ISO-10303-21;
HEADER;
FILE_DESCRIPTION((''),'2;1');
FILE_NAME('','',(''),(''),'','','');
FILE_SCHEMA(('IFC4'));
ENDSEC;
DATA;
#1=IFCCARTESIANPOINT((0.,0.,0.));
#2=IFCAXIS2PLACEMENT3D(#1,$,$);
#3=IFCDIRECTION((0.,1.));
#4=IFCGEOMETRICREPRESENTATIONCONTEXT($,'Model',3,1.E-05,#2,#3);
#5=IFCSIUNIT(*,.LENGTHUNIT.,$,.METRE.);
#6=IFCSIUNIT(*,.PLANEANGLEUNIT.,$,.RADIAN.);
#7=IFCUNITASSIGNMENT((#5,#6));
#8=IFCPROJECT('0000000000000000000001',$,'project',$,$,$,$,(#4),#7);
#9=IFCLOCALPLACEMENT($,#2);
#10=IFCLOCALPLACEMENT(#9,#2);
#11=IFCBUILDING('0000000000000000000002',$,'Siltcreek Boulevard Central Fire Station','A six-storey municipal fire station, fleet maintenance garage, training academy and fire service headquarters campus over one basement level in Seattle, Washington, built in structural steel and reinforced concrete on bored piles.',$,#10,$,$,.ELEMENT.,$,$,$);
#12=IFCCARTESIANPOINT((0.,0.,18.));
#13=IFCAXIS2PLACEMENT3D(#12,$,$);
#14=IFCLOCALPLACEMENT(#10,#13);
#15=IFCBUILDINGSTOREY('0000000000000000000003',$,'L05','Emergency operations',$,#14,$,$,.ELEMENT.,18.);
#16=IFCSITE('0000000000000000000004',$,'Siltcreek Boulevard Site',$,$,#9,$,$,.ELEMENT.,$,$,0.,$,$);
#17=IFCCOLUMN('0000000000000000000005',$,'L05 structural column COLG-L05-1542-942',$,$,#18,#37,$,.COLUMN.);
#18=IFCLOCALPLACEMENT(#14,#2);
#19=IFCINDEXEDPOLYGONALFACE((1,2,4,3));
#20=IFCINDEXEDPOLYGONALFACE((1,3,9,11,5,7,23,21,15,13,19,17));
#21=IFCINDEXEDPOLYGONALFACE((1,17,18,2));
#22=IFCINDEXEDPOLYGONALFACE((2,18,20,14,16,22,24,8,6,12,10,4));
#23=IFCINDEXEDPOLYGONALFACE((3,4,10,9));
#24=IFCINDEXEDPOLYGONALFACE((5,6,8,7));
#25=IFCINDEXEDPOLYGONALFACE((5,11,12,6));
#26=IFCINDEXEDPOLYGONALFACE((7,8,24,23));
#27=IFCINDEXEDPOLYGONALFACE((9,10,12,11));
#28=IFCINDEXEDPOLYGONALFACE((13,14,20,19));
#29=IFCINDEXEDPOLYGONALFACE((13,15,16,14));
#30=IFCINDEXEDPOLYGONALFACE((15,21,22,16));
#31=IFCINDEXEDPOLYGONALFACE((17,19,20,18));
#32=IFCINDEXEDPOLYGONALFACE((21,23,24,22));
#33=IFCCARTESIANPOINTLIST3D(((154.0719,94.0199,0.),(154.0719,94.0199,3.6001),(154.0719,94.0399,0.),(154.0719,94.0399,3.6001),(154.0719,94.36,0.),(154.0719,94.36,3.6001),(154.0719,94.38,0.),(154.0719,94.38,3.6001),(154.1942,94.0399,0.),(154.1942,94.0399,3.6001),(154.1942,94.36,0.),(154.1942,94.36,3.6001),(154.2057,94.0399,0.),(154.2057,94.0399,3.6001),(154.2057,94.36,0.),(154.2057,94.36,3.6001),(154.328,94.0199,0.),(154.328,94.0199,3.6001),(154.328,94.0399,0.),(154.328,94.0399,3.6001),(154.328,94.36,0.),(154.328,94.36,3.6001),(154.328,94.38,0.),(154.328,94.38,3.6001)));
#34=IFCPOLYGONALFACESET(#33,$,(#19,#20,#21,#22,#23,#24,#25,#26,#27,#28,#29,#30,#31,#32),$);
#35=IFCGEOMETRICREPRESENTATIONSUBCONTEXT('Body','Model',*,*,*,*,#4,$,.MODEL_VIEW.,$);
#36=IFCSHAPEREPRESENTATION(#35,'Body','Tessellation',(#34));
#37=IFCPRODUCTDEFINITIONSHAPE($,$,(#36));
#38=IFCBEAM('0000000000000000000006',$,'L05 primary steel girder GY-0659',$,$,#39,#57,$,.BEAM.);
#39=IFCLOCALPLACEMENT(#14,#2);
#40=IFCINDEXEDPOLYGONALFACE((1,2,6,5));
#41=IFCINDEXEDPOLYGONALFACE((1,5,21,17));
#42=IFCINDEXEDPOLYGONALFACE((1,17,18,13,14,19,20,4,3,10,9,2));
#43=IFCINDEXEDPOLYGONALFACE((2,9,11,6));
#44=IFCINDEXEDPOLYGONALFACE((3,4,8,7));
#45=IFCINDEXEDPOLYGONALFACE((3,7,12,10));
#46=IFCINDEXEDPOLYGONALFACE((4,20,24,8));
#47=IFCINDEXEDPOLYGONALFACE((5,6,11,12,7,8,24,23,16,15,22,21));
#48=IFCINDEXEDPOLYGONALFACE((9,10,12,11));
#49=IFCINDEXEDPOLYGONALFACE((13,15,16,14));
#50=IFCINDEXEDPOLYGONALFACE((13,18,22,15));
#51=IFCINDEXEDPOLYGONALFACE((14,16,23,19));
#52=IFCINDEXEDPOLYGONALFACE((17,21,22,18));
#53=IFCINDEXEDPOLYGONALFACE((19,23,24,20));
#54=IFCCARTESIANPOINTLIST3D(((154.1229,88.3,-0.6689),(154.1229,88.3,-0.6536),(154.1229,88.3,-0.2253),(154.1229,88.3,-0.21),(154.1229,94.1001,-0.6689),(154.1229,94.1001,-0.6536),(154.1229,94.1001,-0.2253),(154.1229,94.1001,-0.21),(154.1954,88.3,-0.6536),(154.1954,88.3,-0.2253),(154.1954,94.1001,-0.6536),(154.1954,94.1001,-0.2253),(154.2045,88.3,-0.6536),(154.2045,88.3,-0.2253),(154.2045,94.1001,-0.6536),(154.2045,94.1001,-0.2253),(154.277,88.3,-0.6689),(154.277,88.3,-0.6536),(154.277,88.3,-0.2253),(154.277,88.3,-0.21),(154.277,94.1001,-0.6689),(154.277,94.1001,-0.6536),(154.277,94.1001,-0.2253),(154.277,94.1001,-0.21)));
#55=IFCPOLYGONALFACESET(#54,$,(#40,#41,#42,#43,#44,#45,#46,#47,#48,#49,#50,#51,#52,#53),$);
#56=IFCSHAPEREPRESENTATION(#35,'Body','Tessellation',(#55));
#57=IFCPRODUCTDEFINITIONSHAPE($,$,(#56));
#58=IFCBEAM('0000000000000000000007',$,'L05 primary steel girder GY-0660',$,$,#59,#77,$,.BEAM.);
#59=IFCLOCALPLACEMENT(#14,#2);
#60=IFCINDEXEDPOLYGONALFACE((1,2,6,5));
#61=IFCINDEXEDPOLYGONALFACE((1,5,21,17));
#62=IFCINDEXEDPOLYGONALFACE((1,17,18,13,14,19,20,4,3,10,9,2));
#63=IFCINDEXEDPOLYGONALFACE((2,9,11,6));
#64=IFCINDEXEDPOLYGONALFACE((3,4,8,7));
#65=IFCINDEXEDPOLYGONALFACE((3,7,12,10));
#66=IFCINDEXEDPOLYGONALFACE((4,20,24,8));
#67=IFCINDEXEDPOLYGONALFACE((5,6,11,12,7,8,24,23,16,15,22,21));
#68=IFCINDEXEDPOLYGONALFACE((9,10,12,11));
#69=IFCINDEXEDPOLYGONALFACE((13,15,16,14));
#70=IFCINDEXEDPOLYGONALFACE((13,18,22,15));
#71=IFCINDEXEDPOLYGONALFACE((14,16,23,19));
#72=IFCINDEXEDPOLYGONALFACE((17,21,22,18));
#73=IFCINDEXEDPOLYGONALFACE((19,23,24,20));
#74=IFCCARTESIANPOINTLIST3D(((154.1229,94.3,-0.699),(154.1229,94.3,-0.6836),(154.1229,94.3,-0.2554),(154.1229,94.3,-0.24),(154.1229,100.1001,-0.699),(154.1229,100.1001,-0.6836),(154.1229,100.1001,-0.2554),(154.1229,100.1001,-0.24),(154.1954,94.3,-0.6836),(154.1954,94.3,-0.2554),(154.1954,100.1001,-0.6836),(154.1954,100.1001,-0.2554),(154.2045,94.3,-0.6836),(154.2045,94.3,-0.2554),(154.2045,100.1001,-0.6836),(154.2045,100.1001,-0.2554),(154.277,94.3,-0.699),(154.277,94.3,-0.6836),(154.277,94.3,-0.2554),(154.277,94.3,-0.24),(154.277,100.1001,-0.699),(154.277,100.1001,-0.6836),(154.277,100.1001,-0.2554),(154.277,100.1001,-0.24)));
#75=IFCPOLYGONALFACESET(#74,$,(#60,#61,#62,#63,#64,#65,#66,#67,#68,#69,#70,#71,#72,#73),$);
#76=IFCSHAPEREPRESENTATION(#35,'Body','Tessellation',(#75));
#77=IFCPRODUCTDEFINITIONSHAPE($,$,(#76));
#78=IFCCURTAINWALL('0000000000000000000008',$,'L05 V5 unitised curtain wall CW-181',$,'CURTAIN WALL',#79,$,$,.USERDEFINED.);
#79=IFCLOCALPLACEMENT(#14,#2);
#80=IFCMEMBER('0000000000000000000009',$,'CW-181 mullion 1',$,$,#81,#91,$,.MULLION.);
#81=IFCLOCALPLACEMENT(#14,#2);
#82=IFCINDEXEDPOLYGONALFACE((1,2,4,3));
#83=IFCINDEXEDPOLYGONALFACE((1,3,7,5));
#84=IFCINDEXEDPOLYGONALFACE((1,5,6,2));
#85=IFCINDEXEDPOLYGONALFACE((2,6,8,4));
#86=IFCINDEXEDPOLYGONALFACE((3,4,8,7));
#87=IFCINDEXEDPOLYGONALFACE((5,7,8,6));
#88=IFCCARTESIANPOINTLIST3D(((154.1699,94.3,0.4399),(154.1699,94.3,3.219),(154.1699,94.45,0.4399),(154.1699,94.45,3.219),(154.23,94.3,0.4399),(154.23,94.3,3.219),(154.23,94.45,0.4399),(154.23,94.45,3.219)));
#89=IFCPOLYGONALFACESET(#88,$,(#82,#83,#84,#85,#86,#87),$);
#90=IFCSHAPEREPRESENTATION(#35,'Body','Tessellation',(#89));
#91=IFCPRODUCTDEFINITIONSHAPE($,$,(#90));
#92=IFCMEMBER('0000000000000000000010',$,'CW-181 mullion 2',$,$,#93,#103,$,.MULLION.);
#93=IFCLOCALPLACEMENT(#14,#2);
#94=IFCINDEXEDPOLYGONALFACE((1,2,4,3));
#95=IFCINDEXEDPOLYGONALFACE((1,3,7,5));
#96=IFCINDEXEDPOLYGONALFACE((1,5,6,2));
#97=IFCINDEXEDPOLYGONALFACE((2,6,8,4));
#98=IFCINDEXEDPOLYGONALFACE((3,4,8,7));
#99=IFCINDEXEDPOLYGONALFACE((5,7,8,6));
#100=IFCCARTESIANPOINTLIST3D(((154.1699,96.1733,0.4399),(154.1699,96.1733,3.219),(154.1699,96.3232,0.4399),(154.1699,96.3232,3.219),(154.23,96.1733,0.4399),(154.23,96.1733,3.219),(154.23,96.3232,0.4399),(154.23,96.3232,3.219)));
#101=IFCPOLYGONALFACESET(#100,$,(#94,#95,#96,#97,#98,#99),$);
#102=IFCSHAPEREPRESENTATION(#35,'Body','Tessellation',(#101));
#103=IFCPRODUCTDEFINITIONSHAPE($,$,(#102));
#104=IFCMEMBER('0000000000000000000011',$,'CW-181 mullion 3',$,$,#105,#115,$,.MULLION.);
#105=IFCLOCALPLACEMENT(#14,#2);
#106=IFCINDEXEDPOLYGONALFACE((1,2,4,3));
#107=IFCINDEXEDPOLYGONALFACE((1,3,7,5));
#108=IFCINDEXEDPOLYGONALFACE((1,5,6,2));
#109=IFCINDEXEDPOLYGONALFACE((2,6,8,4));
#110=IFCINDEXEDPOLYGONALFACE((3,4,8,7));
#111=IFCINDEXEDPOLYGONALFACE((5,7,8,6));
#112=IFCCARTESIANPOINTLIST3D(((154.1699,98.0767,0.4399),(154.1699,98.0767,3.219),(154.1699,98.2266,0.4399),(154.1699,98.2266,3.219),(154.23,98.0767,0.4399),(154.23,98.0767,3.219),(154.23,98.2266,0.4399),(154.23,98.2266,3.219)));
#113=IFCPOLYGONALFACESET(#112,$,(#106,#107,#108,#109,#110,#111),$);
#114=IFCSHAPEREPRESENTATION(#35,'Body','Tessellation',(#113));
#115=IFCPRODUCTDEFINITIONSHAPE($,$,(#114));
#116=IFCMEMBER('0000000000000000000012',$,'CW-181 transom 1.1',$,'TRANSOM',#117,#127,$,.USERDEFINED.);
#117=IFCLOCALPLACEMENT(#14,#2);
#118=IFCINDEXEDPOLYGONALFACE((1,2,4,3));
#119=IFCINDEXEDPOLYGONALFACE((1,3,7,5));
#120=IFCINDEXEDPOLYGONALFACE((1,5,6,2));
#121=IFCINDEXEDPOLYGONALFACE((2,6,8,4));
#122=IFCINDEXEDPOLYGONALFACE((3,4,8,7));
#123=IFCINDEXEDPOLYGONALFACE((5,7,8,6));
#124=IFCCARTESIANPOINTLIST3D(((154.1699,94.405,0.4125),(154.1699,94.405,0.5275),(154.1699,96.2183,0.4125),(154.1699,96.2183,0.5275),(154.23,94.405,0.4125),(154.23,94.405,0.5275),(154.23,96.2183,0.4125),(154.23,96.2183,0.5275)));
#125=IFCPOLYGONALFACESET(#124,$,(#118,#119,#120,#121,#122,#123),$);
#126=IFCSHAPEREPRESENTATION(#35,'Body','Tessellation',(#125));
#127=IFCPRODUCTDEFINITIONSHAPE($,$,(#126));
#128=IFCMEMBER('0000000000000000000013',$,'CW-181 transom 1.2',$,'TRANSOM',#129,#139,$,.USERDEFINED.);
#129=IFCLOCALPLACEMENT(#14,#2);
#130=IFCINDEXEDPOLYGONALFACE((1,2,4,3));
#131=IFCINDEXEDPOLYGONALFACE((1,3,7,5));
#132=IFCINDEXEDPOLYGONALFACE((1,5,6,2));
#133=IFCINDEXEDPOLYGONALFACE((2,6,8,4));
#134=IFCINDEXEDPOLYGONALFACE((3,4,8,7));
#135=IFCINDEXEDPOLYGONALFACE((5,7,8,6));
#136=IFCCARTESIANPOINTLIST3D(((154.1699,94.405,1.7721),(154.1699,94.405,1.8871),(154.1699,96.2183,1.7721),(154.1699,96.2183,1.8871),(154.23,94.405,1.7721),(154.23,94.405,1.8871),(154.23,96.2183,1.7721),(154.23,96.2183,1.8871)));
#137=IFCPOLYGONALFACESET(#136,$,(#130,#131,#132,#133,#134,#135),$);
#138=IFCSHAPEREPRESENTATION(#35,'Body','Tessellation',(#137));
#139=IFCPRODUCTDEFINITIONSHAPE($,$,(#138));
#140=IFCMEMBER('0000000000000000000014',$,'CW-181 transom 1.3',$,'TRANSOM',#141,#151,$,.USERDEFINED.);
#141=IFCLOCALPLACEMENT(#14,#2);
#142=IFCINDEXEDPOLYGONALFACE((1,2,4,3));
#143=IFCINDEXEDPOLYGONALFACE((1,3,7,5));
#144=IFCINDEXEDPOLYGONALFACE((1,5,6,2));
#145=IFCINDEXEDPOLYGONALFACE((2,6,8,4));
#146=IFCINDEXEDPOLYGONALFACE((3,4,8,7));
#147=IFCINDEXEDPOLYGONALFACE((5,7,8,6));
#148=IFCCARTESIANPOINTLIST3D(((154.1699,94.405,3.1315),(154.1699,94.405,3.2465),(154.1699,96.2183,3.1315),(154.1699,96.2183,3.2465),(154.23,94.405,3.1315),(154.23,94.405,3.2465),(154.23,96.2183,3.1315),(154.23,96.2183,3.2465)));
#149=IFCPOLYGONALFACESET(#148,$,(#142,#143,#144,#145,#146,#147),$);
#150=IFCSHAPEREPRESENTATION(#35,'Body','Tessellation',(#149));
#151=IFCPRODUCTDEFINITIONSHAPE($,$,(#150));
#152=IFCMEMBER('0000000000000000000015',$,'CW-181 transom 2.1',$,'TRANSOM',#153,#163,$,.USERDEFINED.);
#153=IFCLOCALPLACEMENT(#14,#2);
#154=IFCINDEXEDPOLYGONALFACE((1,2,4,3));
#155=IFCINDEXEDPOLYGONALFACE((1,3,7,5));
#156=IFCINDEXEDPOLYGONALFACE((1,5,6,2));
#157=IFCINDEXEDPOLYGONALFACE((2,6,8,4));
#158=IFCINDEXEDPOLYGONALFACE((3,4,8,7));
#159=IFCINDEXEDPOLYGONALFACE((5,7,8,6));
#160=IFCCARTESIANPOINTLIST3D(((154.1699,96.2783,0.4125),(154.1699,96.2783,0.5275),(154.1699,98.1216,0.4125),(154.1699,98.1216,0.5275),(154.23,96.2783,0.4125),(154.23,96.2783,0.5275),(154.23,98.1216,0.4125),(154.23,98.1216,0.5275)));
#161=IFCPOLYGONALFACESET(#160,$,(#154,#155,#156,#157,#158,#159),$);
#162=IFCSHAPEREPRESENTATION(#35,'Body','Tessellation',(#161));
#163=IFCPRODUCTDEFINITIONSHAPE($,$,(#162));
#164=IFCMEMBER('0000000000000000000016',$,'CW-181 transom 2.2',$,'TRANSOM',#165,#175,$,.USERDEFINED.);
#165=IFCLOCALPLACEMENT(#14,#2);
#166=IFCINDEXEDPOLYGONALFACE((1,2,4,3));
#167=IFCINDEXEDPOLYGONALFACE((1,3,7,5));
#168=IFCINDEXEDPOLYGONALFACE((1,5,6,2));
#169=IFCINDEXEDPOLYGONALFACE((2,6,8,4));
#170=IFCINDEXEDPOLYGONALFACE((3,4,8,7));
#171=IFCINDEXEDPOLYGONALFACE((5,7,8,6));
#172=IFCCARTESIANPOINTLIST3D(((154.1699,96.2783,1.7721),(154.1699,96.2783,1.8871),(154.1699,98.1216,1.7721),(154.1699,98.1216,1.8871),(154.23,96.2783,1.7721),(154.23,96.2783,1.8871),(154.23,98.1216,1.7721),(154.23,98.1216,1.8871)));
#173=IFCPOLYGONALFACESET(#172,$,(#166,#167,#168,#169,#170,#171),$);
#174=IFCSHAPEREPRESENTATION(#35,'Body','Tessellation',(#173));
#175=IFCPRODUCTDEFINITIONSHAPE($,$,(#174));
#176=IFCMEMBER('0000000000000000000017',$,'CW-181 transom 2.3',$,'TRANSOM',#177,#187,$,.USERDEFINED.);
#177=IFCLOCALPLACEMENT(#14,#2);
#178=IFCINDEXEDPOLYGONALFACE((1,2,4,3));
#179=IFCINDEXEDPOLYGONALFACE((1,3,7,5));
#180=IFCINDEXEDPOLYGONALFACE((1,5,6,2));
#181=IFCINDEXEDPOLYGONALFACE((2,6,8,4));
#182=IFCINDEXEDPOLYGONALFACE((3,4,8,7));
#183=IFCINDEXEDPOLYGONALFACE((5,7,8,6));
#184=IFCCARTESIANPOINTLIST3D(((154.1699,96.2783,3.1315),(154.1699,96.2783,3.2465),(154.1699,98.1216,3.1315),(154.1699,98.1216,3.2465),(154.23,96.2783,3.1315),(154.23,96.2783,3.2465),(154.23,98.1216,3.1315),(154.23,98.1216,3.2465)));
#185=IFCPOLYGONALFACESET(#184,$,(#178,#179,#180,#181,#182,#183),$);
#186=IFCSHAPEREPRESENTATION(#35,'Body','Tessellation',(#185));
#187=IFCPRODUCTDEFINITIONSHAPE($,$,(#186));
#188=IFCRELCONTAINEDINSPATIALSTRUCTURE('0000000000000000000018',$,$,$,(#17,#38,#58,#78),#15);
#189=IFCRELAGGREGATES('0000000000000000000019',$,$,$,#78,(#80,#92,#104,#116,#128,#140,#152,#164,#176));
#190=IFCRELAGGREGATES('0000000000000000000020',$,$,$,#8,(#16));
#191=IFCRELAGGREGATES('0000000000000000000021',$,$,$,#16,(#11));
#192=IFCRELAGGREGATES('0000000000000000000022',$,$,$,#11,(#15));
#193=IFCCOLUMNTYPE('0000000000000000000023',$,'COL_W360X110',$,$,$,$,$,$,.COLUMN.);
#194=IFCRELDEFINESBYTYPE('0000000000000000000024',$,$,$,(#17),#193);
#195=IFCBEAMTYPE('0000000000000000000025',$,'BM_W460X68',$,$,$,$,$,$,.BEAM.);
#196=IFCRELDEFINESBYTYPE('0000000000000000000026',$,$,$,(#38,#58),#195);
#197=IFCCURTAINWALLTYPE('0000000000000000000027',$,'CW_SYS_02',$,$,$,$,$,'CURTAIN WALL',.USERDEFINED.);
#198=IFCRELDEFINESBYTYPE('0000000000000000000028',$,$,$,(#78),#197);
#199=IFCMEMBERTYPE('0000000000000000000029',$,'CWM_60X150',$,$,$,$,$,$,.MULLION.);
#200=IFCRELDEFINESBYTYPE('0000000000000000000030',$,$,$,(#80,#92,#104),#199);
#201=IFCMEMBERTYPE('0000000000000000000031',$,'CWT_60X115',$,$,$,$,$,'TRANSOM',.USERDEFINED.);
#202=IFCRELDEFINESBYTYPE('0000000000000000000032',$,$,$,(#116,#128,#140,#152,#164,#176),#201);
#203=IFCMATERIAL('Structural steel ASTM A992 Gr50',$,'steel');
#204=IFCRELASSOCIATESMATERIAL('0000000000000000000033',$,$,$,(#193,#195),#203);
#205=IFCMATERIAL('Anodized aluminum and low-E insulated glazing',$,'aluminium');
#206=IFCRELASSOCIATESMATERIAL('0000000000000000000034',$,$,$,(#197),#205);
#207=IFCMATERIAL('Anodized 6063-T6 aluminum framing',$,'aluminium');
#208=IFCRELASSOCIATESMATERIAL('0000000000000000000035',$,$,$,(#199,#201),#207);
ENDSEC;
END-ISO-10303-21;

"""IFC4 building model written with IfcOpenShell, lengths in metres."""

from ifc_helpers import new_model, si_unit, direction, frame, origin, origin_2d, place, context, subcontext, project, spatial, rectangle, i_section, extrude, material, material_profile, profile_set, type_object, element, aggregate, save


model = new_model("IFC4")

# Units and contexts
model_context = context("Model", 3, precision=1e-05, world=origin(), true_north=direction((0.0, 1.0)))
body_context = subcontext(model_context, "Body", "Model", "MODEL_VIEW")
ifc_project = project(units=[si_unit("LENGTHUNIT", "METRE"), si_unit("PLANEANGLEUNIT", "RADIAN")], contexts=[model_context])

# Site, building, storey
site_placement = place(None, origin())
site = spatial("IfcSite", under=ifc_project, at=site_placement, Name="Siltcreek Boulevard Site", CompositionType="ELEMENT", RefElevation=0.0)
building_placement = place(site_placement, origin())
building = spatial("IfcBuilding", under=site, at=building_placement, Name="Siltcreek Boulevard Central Fire Station", Description="A six-storey municipal fire station, fleet maintenance garage, training academy and fire service headquarters campus over one basement level in Seattle, Washington, built in structural steel and reinforced concrete on bored piles.", CompositionType="ELEMENT")
storey_placement = place(building_placement, frame((0.0, 0.0, 18.0)))
storey = spatial("IfcBuildingStorey", under=building, at=storey_placement, Name="L05", Description="Emergency operations", CompositionType="ELEMENT", Elevation=18.0)

# Column
ifc_material_1 = material(Name="Structural steel ASTM A992 Gr50", Category="steel")
ifc_material_profile_1 = material_profile(ifc_material_1, i_section(OverallWidth=0.2561, OverallDepth=0.3601, WebThickness=0.0115, FlangeThickness=0.02, at=origin_2d()), Name="W360X110")
ifc_profile_set_1 = profile_set([ifc_material_profile_1], Name="Structural steel ASTM A992 Gr50")
column_type = type_object("IfcColumnType", Name="COL_W360X110", PredefinedType="COLUMN", material=ifc_profile_set_1)
column_placement = place(storey_placement, frame((154.2, 94.2, 0.0), z_axis=(0.0, 0.0, 1.0), x_axis=(1.0, 0.0, 0.0)))
element("IfcColumn", 1, at=column_placement, inside=storey, type_object=column_type, Name="L05 structural column COLG-L05-1542-942", PredefinedType="COLUMN", context=body_context, shape_type="SweptSolid", body=[
    extrude(i_section(OverallWidth=0.2561, OverallDepth=0.3601, WebThickness=0.0115, FlangeThickness=0.02, at=origin_2d()), origin(), (0.0, 0.0, 1.0), 3.6001),
])

# Beams
ifc_material_profile_2 = material_profile(ifc_material_1, i_section(OverallWidth=0.1541, OverallDepth=0.459, WebThickness=0.009, FlangeThickness=0.0154, at=origin_2d()), Name="W460X68")
ifc_profile_set_2 = profile_set([ifc_material_profile_2], Name="Structural steel ASTM A992 Gr50")
beam_type_1 = type_object("IfcBeamType", Name="BM_W460X68", PredefinedType="BEAM", material=ifc_profile_set_2)
for number, where, z_axis, x_axis, name in (
    (2, (154.2, 88.3, -0.4395), (0.0, 1.0, 0.0), (-1.0, 0.0, 0.0), "L05 primary steel girder GY-0659"),
    (3, (154.2, 94.3, -0.4695), (0.0, 1.0, 0.0), (-1.0, 0.0, 0.0), "L05 primary steel girder GY-0660"),
):
    element("IfcBeam", number, at=place(storey_placement, frame(where, z_axis=z_axis, x_axis=x_axis)), inside=storey, type_object=beam_type_1, Name=name, PredefinedType="BEAM", context=body_context, shape_type="SweptSolid", body=[
        extrude(i_section(OverallWidth=0.1541, OverallDepth=0.459, WebThickness=0.009, FlangeThickness=0.0154, at=origin_2d()), origin(), (0.0, 0.0, 1.0), 5.8),
    ])

# Curtain wall, members
ifc_material_2 = material(Name="Anodized aluminum and low-E insulated glazing", Category="aluminium")
curtain_wall_type = type_object("IfcCurtainWallType", Name="CW_SYS_02", ElementType="CURTAIN WALL", PredefinedType="USERDEFINED", material=ifc_material_2)
curtain_wall_placement = place(storey_placement, origin())
curtain_wall = element("IfcCurtainWall", 4, at=curtain_wall_placement, inside=storey, type_object=curtain_wall_type, Name="L05 V5 unitised curtain wall CW-181", ObjectType="CURTAIN WALL", PredefinedType="USERDEFINED")
ifc_material_3 = material(Name="Anodized 6063-T6 aluminum framing", Category="aluminium")
ifc_material_profile_3 = material_profile(ifc_material_3, rectangle(XDim=0.0601, YDim=0.1499, at=origin_2d()), Name="MULL60X150")
ifc_profile_set_3 = profile_set([ifc_material_profile_3], Name="Anodized 6063-T6 aluminum framing")
member_type_1 = type_object("IfcMemberType", Name="CWM_60X150", PredefinedType="MULLION", material=ifc_profile_set_3)
member_1_placement = place(storey_placement, frame((154.2, 94.375, 0.4399), z_axis=(0.0, 0.0, 1.0), x_axis=(-1.0, 0.0, 0.0)))
member_1 = element("IfcMember", 5, at=member_1_placement, type_object=member_type_1, Name="CW-181 mullion 1", PredefinedType="MULLION", context=body_context, shape_type="SweptSolid", body=[
    extrude(rectangle(XDim=0.0601, YDim=0.1499, at=origin_2d()), origin(), (0.0, 0.0, 1.0), 2.7791),
])
member_2_placement = place(storey_placement, frame((154.2, 96.2483, 0.4399), z_axis=(0.0, 0.0, 1.0), x_axis=(-1.0, 0.0, 0.0)))
member_2 = element("IfcMember", 6, at=member_2_placement, type_object=member_type_1, Name="CW-181 mullion 2", PredefinedType="MULLION", context=body_context, shape_type="SweptSolid", body=[
    extrude(rectangle(XDim=0.0601, YDim=0.1499, at=origin_2d()), origin(), (0.0, 0.0, 1.0), 2.7791),
])
member_3_placement = place(storey_placement, frame((154.2, 98.1516, 0.4399), z_axis=(0.0, 0.0, 1.0), x_axis=(-1.0, 0.0, 0.0)))
member_3 = element("IfcMember", 7, at=member_3_placement, type_object=member_type_1, Name="CW-181 mullion 3", PredefinedType="MULLION", context=body_context, shape_type="SweptSolid", body=[
    extrude(rectangle(XDim=0.0601, YDim=0.1499, at=origin_2d()), origin(), (0.0, 0.0, 1.0), 2.7791),
])
ifc_material_profile_4 = material_profile(ifc_material_3, rectangle(XDim=0.0601, YDim=0.115, at=origin_2d()), Name="TRAN60X115")
ifc_profile_set_4 = profile_set([ifc_material_profile_4], Name="Anodized 6063-T6 aluminum framing")
member_type_2 = type_object("IfcMemberType", Name="CWT_60X115", ElementType="TRANSOM", PredefinedType="USERDEFINED", material=ifc_profile_set_4)
member_4_placement = place(storey_placement, frame((154.2, 94.405, 0.47), z_axis=(0.0, 1.0, 0.0), x_axis=(-1.0, 0.0, 0.0)))
member_4 = element("IfcMember", 8, at=member_4_placement, type_object=member_type_2, Name="CW-181 transom 1.1", ObjectType="TRANSOM", PredefinedType="USERDEFINED", context=body_context, shape_type="SweptSolid", body=[
    extrude(rectangle(XDim=0.0601, YDim=0.115, at=origin_2d()), origin(), (0.0, 0.0, 1.0), 1.8132),
])
member_5_placement = place(storey_placement, frame((154.2, 94.405, 1.8296), z_axis=(0.0, 1.0, 0.0), x_axis=(-1.0, 0.0, 0.0)))
member_5 = element("IfcMember", 9, at=member_5_placement, type_object=member_type_2, Name="CW-181 transom 1.2", ObjectType="TRANSOM", PredefinedType="USERDEFINED", context=body_context, shape_type="SweptSolid", body=[
    extrude(rectangle(XDim=0.0601, YDim=0.115, at=origin_2d()), origin(), (0.0, 0.0, 1.0), 1.8132),
])
member_6_placement = place(storey_placement, frame((154.2, 94.405, 3.189), z_axis=(0.0, 1.0, 0.0), x_axis=(-1.0, 0.0, 0.0)))
member_6 = element("IfcMember", 10, at=member_6_placement, type_object=member_type_2, Name="CW-181 transom 1.3", ObjectType="TRANSOM", PredefinedType="USERDEFINED", context=body_context, shape_type="SweptSolid", body=[
    extrude(rectangle(XDim=0.0601, YDim=0.115, at=origin_2d()), origin(), (0.0, 0.0, 1.0), 1.8132),
])
member_7_placement = place(storey_placement, frame((154.2, 96.2783, 0.47), z_axis=(0.0, 1.0, 0.0), x_axis=(-1.0, 0.0, 0.0)))
member_7 = element("IfcMember", 11, at=member_7_placement, type_object=member_type_2, Name="CW-181 transom 2.1", ObjectType="TRANSOM", PredefinedType="USERDEFINED", context=body_context, shape_type="SweptSolid", body=[
    extrude(rectangle(XDim=0.0601, YDim=0.115, at=origin_2d()), origin(), (0.0, 0.0, 1.0), 1.8433),
])
member_8_placement = place(storey_placement, frame((154.2, 96.2783, 1.8296), z_axis=(0.0, 1.0, 0.0), x_axis=(-1.0, 0.0, 0.0)))
member_8 = element("IfcMember", 12, at=member_8_placement, type_object=member_type_2, Name="CW-181 transom 2.2", ObjectType="TRANSOM", PredefinedType="USERDEFINED", context=body_context, shape_type="SweptSolid", body=[
    extrude(rectangle(XDim=0.0601, YDim=0.115, at=origin_2d()), origin(), (0.0, 0.0, 1.0), 1.8433),
])
member_9_placement = place(storey_placement, frame((154.2, 96.2783, 3.189), z_axis=(0.0, 1.0, 0.0), x_axis=(-1.0, 0.0, 0.0)))
member_9 = element("IfcMember", 13, at=member_9_placement, type_object=member_type_2, Name="CW-181 transom 2.3", ObjectType="TRANSOM", PredefinedType="USERDEFINED", context=body_context, shape_type="SweptSolid", body=[
    extrude(rectangle(XDim=0.0601, YDim=0.115, at=origin_2d()), origin(), (0.0, 0.0, 1.0), 1.8433),
])

aggregate(curtain_wall, [member_1, member_2, member_3, member_4, member_5, member_6, member_7, member_8, member_9])

save(model, "model.ifc")
